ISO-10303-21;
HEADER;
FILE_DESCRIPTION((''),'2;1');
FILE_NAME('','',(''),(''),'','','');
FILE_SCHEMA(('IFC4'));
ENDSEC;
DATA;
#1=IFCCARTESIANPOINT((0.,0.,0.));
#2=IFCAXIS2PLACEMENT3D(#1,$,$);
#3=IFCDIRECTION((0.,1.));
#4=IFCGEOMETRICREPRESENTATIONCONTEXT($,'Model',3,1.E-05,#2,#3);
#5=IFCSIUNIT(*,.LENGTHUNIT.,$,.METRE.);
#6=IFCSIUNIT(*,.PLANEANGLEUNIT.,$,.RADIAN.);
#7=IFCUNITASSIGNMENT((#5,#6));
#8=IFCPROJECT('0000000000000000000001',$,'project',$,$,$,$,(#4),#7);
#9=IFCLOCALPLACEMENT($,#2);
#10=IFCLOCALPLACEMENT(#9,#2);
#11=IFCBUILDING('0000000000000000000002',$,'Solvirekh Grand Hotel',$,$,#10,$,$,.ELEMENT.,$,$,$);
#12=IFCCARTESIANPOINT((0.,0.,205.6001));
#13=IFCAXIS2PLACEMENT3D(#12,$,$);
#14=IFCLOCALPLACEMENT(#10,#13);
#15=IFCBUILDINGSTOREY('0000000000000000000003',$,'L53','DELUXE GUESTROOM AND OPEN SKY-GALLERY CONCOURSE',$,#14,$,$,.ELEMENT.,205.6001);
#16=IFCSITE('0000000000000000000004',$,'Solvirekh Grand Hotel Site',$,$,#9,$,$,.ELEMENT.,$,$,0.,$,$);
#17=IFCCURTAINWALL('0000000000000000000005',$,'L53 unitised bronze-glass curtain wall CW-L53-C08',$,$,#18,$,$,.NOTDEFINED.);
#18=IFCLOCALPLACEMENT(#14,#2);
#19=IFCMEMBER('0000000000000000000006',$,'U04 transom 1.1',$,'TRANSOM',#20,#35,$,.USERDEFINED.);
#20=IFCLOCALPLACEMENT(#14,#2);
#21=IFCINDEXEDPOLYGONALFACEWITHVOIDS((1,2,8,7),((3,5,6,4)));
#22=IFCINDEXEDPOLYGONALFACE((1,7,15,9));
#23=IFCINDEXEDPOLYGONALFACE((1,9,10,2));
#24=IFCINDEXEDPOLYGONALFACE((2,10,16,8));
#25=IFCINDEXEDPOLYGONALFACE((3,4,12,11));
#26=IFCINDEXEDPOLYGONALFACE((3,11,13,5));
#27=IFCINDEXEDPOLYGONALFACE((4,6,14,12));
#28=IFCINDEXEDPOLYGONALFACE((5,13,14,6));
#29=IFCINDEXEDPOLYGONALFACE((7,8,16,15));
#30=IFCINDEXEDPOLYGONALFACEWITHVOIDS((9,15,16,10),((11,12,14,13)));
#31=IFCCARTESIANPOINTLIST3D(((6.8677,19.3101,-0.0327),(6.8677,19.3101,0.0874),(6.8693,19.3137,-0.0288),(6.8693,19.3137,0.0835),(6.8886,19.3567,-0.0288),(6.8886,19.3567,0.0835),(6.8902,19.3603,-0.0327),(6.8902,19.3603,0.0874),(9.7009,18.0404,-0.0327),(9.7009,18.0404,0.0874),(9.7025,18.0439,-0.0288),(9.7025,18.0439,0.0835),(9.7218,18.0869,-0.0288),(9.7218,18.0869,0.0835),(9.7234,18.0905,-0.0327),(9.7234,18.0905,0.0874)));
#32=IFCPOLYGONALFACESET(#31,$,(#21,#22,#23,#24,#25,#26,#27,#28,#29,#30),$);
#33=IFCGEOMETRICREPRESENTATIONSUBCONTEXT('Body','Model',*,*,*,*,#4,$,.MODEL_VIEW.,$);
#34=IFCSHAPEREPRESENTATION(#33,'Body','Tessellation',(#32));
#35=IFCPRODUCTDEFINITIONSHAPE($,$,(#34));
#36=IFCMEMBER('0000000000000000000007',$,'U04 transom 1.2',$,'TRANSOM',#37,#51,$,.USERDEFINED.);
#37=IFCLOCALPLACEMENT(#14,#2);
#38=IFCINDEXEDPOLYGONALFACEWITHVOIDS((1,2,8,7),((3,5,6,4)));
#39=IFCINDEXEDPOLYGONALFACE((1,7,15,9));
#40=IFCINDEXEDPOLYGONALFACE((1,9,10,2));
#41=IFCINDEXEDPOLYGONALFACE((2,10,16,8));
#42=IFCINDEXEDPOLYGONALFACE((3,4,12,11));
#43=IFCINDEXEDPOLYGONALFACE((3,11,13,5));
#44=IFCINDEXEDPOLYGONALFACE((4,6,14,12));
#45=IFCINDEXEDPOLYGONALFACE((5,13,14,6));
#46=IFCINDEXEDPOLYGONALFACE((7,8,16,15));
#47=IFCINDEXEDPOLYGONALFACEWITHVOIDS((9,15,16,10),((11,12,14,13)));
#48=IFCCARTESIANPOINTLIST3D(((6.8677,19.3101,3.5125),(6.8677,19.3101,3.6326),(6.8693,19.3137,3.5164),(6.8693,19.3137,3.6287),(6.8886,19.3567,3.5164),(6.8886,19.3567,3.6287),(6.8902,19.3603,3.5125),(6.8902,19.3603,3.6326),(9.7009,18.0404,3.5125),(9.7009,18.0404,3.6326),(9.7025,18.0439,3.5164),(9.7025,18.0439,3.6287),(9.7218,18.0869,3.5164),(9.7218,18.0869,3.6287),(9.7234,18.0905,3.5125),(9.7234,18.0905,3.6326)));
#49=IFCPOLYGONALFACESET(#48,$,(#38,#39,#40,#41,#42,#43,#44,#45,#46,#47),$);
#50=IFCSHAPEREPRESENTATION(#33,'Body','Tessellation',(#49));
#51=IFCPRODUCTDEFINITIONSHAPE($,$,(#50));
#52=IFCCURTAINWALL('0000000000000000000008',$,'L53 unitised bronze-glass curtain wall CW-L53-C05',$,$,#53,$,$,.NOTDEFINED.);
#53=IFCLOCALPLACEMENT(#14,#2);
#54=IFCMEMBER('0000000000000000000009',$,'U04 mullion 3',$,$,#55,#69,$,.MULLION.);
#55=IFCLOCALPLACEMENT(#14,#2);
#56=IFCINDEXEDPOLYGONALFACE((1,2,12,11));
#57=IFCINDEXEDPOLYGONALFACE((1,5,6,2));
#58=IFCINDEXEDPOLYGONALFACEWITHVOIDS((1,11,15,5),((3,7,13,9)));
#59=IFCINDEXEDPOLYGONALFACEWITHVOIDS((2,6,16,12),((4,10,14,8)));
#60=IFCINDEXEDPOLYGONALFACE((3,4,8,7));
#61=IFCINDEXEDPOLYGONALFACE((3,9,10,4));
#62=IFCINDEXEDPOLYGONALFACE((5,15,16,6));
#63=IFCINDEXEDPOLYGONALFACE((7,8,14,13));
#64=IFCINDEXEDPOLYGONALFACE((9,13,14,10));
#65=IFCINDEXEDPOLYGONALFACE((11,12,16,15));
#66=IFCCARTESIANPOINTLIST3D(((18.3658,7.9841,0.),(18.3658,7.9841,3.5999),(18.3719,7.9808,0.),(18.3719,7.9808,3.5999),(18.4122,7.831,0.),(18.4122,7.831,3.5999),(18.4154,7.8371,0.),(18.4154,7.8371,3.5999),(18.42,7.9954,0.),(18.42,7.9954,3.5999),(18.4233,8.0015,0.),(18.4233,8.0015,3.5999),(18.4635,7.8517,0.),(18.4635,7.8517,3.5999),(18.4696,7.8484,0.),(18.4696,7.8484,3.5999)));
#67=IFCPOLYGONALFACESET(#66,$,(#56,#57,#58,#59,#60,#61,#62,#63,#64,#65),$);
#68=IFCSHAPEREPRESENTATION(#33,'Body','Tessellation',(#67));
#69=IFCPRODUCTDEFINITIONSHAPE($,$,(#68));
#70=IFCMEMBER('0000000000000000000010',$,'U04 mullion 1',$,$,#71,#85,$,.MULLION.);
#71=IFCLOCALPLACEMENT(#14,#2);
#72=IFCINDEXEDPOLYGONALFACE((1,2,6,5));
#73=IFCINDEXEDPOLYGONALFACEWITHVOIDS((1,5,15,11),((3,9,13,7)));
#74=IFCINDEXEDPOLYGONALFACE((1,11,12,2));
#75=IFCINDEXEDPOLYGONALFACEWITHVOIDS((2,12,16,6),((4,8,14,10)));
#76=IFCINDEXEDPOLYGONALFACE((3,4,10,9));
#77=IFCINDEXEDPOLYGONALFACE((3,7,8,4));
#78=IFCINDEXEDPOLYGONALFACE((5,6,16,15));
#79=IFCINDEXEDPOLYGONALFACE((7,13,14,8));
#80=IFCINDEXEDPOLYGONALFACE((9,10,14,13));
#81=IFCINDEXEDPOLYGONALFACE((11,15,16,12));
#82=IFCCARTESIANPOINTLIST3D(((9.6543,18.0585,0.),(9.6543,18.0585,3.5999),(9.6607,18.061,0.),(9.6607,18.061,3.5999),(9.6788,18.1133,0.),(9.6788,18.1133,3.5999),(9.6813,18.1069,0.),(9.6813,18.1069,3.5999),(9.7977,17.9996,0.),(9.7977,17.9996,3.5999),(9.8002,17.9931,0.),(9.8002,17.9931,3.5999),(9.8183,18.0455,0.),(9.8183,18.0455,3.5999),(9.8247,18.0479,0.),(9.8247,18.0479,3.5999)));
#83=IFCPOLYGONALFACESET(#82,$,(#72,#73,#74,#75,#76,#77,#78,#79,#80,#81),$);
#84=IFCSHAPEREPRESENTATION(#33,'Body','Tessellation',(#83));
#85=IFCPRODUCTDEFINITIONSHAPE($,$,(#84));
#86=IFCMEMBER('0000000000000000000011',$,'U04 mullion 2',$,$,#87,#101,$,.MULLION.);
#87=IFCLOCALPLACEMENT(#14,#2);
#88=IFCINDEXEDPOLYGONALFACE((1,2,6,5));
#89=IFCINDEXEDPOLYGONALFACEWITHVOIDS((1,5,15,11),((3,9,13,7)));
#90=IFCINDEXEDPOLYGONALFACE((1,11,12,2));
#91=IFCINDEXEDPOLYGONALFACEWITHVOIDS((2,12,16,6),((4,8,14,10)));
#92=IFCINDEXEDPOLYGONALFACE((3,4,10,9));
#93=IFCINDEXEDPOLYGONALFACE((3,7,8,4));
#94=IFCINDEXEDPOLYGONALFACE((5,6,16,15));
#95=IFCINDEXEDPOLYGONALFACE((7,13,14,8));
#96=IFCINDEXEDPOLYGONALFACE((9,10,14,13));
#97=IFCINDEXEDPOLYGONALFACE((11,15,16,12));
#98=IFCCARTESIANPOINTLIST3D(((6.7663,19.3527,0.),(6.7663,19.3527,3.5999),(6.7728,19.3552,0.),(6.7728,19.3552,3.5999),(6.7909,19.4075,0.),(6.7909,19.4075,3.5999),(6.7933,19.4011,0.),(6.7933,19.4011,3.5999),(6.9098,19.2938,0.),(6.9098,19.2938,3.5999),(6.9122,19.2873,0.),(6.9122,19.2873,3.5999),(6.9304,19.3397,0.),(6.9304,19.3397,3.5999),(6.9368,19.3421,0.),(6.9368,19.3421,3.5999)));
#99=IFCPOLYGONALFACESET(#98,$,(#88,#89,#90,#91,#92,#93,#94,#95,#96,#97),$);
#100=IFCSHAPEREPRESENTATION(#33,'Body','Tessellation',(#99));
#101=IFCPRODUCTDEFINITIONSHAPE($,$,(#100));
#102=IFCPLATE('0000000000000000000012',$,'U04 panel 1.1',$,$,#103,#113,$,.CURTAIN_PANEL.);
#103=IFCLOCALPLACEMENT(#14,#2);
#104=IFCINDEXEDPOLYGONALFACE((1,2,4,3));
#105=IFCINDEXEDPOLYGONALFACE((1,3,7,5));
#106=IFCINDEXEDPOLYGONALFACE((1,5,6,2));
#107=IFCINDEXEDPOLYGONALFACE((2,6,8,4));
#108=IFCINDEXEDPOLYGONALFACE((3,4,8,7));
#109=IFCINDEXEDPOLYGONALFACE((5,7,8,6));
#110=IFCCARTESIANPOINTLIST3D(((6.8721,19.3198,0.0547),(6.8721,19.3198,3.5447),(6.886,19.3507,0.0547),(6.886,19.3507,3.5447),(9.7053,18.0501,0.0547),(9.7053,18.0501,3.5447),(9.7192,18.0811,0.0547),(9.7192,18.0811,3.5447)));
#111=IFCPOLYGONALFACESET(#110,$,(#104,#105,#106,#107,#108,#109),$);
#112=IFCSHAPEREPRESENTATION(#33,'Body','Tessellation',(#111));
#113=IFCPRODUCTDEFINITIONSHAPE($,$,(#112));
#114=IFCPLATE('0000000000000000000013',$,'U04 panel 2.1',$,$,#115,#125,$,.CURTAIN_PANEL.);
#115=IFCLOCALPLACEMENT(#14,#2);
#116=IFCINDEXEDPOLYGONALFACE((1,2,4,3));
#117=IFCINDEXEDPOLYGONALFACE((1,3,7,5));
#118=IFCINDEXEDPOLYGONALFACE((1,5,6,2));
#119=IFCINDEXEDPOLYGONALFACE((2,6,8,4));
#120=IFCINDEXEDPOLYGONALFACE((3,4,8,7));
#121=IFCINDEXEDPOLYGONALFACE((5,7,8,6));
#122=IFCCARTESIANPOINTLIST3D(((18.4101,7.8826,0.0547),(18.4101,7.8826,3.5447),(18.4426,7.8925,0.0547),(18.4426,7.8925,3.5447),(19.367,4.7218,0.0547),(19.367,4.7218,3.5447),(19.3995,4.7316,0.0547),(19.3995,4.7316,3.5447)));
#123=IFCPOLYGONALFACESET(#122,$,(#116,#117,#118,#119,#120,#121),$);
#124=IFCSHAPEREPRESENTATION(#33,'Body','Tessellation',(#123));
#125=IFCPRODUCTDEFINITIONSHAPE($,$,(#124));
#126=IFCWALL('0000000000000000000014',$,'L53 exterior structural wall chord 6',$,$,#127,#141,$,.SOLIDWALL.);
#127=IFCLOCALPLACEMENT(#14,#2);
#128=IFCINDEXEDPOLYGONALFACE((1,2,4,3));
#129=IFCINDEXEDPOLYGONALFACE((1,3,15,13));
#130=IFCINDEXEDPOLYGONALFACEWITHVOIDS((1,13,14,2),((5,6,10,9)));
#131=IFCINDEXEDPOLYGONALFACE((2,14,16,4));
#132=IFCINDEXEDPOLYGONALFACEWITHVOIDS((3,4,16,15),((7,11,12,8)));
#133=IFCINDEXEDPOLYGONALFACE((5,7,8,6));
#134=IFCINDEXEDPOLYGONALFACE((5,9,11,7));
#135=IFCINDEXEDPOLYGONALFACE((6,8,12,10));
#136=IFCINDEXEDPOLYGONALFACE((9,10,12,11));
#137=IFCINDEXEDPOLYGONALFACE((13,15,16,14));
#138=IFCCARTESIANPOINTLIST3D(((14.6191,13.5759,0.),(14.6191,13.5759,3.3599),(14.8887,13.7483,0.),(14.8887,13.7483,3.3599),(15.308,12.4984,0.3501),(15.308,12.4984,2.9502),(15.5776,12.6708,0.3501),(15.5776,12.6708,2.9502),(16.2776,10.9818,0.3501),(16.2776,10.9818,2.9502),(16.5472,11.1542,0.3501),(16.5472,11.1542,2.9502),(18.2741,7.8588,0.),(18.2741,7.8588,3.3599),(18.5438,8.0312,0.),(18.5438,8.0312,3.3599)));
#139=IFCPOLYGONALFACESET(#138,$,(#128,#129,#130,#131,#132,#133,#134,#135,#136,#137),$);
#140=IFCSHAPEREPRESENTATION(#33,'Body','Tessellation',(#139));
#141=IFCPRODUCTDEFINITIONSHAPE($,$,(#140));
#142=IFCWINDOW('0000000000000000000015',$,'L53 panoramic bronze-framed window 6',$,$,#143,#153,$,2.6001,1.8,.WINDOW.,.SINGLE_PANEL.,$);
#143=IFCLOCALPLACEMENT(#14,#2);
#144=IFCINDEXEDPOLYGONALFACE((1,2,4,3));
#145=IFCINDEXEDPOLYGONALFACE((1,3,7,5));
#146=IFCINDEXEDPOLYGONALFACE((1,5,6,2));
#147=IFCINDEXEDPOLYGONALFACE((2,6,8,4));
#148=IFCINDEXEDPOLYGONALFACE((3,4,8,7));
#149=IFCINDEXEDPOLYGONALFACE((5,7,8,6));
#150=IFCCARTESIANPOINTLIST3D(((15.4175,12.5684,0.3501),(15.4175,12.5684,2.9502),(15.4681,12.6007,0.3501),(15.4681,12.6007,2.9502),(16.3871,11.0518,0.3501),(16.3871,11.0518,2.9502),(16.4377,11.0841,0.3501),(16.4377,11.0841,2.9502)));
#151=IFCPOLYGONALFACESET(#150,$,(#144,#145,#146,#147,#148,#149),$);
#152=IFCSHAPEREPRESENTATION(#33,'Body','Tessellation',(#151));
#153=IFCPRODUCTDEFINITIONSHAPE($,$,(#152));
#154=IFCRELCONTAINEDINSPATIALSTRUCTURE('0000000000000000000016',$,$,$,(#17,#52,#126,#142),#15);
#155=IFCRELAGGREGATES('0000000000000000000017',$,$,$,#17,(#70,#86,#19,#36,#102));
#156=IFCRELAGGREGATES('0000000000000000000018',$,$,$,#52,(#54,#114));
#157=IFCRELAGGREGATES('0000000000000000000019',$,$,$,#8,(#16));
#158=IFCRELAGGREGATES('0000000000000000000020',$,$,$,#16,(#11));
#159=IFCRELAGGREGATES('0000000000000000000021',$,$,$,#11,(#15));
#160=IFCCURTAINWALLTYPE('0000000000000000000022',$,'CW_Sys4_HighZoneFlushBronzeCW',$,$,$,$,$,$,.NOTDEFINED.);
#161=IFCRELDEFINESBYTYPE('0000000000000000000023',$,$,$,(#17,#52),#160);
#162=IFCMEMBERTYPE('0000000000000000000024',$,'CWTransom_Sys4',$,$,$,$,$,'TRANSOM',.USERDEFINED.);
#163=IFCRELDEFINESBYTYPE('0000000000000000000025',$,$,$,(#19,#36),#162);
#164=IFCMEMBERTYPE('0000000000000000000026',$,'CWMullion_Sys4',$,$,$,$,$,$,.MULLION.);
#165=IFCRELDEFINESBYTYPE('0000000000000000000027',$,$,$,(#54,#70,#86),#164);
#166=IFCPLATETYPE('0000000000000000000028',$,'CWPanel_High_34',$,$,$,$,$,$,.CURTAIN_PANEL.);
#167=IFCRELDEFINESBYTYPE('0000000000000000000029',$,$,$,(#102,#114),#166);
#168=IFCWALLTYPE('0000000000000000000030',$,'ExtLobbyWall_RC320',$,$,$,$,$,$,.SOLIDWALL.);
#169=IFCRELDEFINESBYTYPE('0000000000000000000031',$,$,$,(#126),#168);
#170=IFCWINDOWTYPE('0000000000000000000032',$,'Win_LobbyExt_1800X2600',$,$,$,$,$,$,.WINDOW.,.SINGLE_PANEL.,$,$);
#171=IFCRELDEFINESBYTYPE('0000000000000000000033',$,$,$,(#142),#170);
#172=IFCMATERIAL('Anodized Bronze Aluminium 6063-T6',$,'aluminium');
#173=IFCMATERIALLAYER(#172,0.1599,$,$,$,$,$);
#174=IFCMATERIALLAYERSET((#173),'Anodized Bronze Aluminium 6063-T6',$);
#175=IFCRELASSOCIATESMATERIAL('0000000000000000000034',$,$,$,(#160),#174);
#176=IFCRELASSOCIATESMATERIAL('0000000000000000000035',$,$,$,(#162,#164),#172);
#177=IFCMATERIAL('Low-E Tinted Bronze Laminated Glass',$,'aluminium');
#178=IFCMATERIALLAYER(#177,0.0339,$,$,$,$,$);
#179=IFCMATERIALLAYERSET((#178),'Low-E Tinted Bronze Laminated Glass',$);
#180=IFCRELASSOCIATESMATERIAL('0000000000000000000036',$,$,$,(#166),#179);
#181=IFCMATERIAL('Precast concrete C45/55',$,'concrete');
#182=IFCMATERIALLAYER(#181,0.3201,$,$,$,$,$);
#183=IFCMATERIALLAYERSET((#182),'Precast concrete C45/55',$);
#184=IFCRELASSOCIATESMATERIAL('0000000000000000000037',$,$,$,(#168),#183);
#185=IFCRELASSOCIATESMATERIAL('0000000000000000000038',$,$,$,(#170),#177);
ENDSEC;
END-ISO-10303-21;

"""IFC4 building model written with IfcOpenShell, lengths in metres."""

from ifc_helpers import new_model, si_unit, direction, frame, frame_2d, origin, origin_2d, place, context, subcontext, project, spatial, rectangle, hollow_rectangle, extrude, source, transform, mapped, material, layer, layer_set, material_profile, profile_set, type_object, element, fill, aggregate, save


model = new_model("IFC4")

# Units and contexts
model_context = context("Model", 3, precision=1e-05, world=origin(), true_north=direction((0.0, 1.0)))
body_context = subcontext(model_context, "Body", "Model", "MODEL_VIEW")
ifc_project = project(units=[si_unit("LENGTHUNIT", "METRE"), si_unit("PLANEANGLEUNIT", "RADIAN")], contexts=[model_context])

# Site, building, storey
site_placement = place(None, origin())
site = spatial("IfcSite", under=ifc_project, at=site_placement, Name="Solvirekh Grand Hotel Site", CompositionType="ELEMENT", RefElevation=0.0)
building_placement = place(site_placement, origin())
building = spatial("IfcBuilding", under=site, at=building_placement, Name="Solvirekh Grand Hotel", CompositionType="ELEMENT")
storey_placement = place(building_placement, frame((0.0, 0.0, 205.6001)))
storey = spatial("IfcBuildingStorey", under=building, at=storey_placement, Name="L53", Description="DELUXE GUESTROOM AND OPEN SKY-GALLERY CONCOURSE", CompositionType="ELEMENT", Elevation=205.6001)

# Curtain wall, members
ifc_material_1 = material(Name="Anodized Bronze Aluminium 6063-T6", Category="aluminium")
ifc_layer_1 = layer(ifc_material_1, 0.1599)
ifc_layer_set_1 = layer_set([ifc_layer_1], Name="Anodized Bronze Aluminium 6063-T6")
curtain_wall_type = type_object("IfcCurtainWallType", Name="CW_Sys4_HighZoneFlushBronzeCW", PredefinedType="NOTDEFINED", material=ifc_layer_set_1)
curtain_wall_1_placement = place(storey_placement, origin())
curtain_wall_1 = element("IfcCurtainWall", 1, at=curtain_wall_1_placement, inside=storey, type_object=curtain_wall_type, Name="L53 unitised bronze-glass curtain wall CW-L53-C08", PredefinedType="NOTDEFINED")
ifc_material_profile_1 = material_profile(ifc_material_1, hollow_rectangle(XDim=0.0549, YDim=0.1201, WallThickness=0.0039, at=origin_2d()), Name="ALU RHS 120X55X4")
ifc_profile_set_1 = profile_set([ifc_material_profile_1], Name="Anodized Bronze Aluminium 6063-T6")
member_type_1 = type_object("IfcMemberType", Name="CWTransom_Sys4", ElementType="TRANSOM", PredefinedType="USERDEFINED", material=ifc_profile_set_1)
shared_shape_1 = source(origin(), body_context, "Body", "SweptSolid", [
    extrude(hollow_rectangle(XDim=0.0549, YDim=0.1201, WallThickness=0.0039, at=origin_2d()), origin(), (0.0, 0.0, 1.0), 3.1047),
])
member_1_placement = place(storey_placement, frame((9.7122, 18.0654, 0.0273), z_axis=(-0.912546, 0.408975, 0.0), x_axis=(-0.408975, -0.912546, 0.0)))
member_1 = element("IfcMember", 2, at=member_1_placement, type_object=member_type_1, Name="U04 transom 1.1", ObjectType="TRANSOM", PredefinedType="USERDEFINED", context=body_context, shape_type="MappedRepresentation", body=[
    mapped(shared_shape_1, transform((0.0, 0.0, 0.0), x_axis=(1.0, 0.0, 0.0), y_axis=(0.0, 1.0, 0.0), z_axis=(0.0, 0.0, 1.0), scale=1.0)),
])
member_2_placement = place(storey_placement, frame((9.7122, 18.0654, 3.5725), z_axis=(-0.912546, 0.408975, 0.0), x_axis=(-0.408975, -0.912546, 0.0)))
member_2 = element("IfcMember", 3, at=member_2_placement, type_object=member_type_1, Name="U04 transom 1.2", ObjectType="TRANSOM", PredefinedType="USERDEFINED", context=body_context, shape_type="MappedRepresentation", body=[
    mapped(shared_shape_1, transform((0.0, 0.0, 0.0), x_axis=(1.0, 0.0, 0.0), y_axis=(0.0, 1.0, 0.0), z_axis=(0.0, 0.0, 1.0), scale=1.0)),
])

# Curtain wall, member
curtain_wall_2_placement = place(storey_placement, origin())
curtain_wall_2 = element("IfcCurtainWall", 4, at=curtain_wall_2_placement, inside=storey, type_object=curtain_wall_type, Name="L53 unitised bronze-glass curtain wall CW-L53-C05", PredefinedType="NOTDEFINED")
ifc_material_profile_2 = material_profile(ifc_material_1, hollow_rectangle(XDim=0.0601, YDim=0.1599, WallThickness=0.0049, at=origin_2d()), Name="ALU RHS 160X60X5")
ifc_profile_set_2 = profile_set([ifc_material_profile_2], Name="Anodized Bronze Aluminium 6063-T6")
member_type_2 = type_object("IfcMemberType", Name="CWMullion_Sys4", PredefinedType="MULLION", material=ifc_profile_set_2)
shared_shape_2 = source(origin(), body_context, "Body", "SweptSolid", [
    extrude(hollow_rectangle(XDim=0.0601, YDim=0.1599, WallThickness=0.0049, at=origin_2d()), origin(), (0.0, 0.0, 1.0), 3.5999),
])
member_3_placement = place(storey_placement, frame((18.4177, 7.9163, 0.0), z_axis=(0.0, 0.0, 1.0), x_axis=(-0.957101, -0.289754, 0.0)))
member_3 = element("IfcMember", 5, at=member_3_placement, type_object=member_type_2, Name="U04 mullion 3", PredefinedType="MULLION", context=body_context, shape_type="MappedRepresentation", body=[
    mapped(shared_shape_2, transform((0.0, 0.0, 0.0), x_axis=(1.0, 0.0, 0.0), y_axis=(0.0, 1.0, 0.0), z_axis=(0.0, 0.0, 1.0), scale=1.0)),
])

# Members
member_4_placement = place(storey_placement, frame((9.7395, 18.0532, 0.0), z_axis=(0.0, 0.0, 1.0), x_axis=(-0.408939, -0.912562, 0.0)))
member_4 = element("IfcMember", 6, at=member_4_placement, type_object=member_type_2, Name="U04 mullion 1", PredefinedType="MULLION", context=body_context, shape_type="MappedRepresentation", body=[
    mapped(shared_shape_2, transform((0.0, 0.0, 0.0), x_axis=(1.0, 0.0, 0.0), y_axis=(0.0, 1.0, 0.0), z_axis=(0.0, 0.0, 1.0), scale=1.0)),
])
member_5_placement = place(storey_placement, frame((6.8516, 19.3474, 0.0), z_axis=(0.0, 0.0, 1.0), x_axis=(-0.408939, -0.912562, 0.0)))
member_5 = element("IfcMember", 7, at=member_5_placement, type_object=member_type_2, Name="U04 mullion 2", PredefinedType="MULLION", context=body_context, shape_type="MappedRepresentation", body=[
    mapped(shared_shape_2, transform((0.0, 0.0, 0.0), x_axis=(1.0, 0.0, 0.0), y_axis=(0.0, 1.0, 0.0), z_axis=(0.0, 0.0, 1.0), scale=1.0)),
])

# Plates
ifc_material_2 = material(Name="Low-E Tinted Bronze Laminated Glass", Category="aluminium")
ifc_layer_2 = layer(ifc_material_2, 0.0339)
ifc_layer_set_2 = layer_set([ifc_layer_2], Name="Low-E Tinted Bronze Laminated Glass")
plate_type = type_object("IfcPlateType", Name="CWPanel_High_34", PredefinedType="CURTAIN_PANEL", material=ifc_layer_set_2)
shared_shape_3 = source(origin(), body_context, "Body", "SweptSolid", [
    extrude(rectangle(XDim=3.1047, YDim=0.0339, at=origin_2d()), origin(), (0.0, 0.0, 1.0), 3.49),
])
plate_1_placement = place(storey_placement, frame((8.2957, 18.7004, 0.0547), z_axis=(0.0, 0.0, 1.0), x_axis=(-0.912562, 0.408939, 0.0)))
plate_1 = element("IfcPlate", 8, at=plate_1_placement, type_object=plate_type, Name="U04 panel 1.1", PredefinedType="CURTAIN_PANEL", context=body_context, shape_type="MappedRepresentation", body=[
    mapped(shared_shape_3, transform((0.0, 0.0, 0.0), x_axis=(1.0, 0.0, 0.0), y_axis=(0.0, 1.0, 0.0), z_axis=(0.0, 0.0, 1.0), scale=1.0)),
])
aggregate(curtain_wall_1, [member_4, member_5, member_1, member_2, plate_1])
shared_shape_4 = source(origin(), body_context, "Body", "SweptSolid", [
    extrude(rectangle(XDim=3.3025, YDim=0.0339, at=origin_2d()), origin(), (0.0, 0.0, 1.0), 3.49),
])
plate_2_placement = place(storey_placement, frame((18.9048, 6.3071, 0.0547), z_axis=(0.0, 0.0, 1.0), x_axis=(-0.289754, 0.957101, 0.0)))
plate_2 = element("IfcPlate", 9, at=plate_2_placement, type_object=plate_type, Name="U04 panel 2.1", PredefinedType="CURTAIN_PANEL", context=body_context, shape_type="MappedRepresentation", body=[
    mapped(shared_shape_4, transform((0.0, 0.0, 0.0), x_axis=(1.0, 0.0, 0.0), y_axis=(0.0, 1.0, 0.0), z_axis=(0.0, 0.0, 1.0), scale=1.0)),
])
aggregate(curtain_wall_2, [member_3, plate_2])

# Wall, opening, window
ifc_material_3 = material(Name="Precast concrete C45/55", Category="concrete")
ifc_layer_3 = layer(ifc_material_3, 0.3201)
ifc_layer_set_3 = layer_set([ifc_layer_3], Name="Precast concrete C45/55")
wall_type_1 = type_object("IfcWallType", Name="ExtLobbyWall_RC320", PredefinedType="SOLIDWALL", material=ifc_layer_set_3)
wall_1_placement = place(storey_placement, frame((14.7539, 13.6621, 0.0), z_axis=(0.0, 0.0, 1.0), x_axis=(0.538648, -0.842531, 0.0)))
wall_1 = element("IfcWall", 10, at=wall_1_placement, inside=storey, type_object=wall_type_1, Name="L53 exterior structural wall chord 6", PredefinedType="SOLIDWALL", context=body_context, shape_type="SweptSolid", body=[
    extrude(rectangle(XDim=6.7856, YDim=0.3201, at=frame_2d((3.3928, 0.0))), origin(), (0.0, 0.0, 1.0), 3.3599),
])
opening_1_placement = place(wall_1_placement, frame((1.2791, 0.0, 0.3501)))
opening_1 = element("IfcOpeningElement", 11, at=opening_1_placement, cuts=wall_1, PredefinedType="OPENING", context=body_context, shape_type="SweptSolid", body=[
    extrude(rectangle(XDim=1.8, YDim=2.6001, at=frame_2d((0.8999, 1.3))), frame((0.0, 0.1699, 0.0), z_axis=(0.0, -1.0, 0.0), x_axis=(1.0, 0.0, 0.0)), (0.0, 0.0, 1.0), 0.3401),
])
window_type = type_object("IfcWindowType", Name="Win_LobbyExt_1800X2600", PartitioningType="SINGLE_PANEL", PredefinedType="WINDOW", material=ifc_material_2)
window_1_placement = place(opening_1_placement, origin())
window_1 = element("IfcWindow", 12, at=window_1_placement, inside=storey, type_object=window_type, Name="L53 panoramic bronze-framed window 6", OverallHeight=2.6001, OverallWidth=1.8, PartitioningType="SINGLE_PANEL", PredefinedType="WINDOW", context=body_context, shape_type="SweptSolid", body=[
    extrude(rectangle(XDim=1.8, YDim=2.6001, at=frame_2d((0.8999, 1.3))), frame((0.0, 0.03, 0.0), z_axis=(0.0, -1.0, 0.0), x_axis=(1.0, 0.0, 0.0)), (0.0, 0.0, 1.0), 0.0601),
])
fill(opening_1, window_1)

save(model, "model.ifc")
